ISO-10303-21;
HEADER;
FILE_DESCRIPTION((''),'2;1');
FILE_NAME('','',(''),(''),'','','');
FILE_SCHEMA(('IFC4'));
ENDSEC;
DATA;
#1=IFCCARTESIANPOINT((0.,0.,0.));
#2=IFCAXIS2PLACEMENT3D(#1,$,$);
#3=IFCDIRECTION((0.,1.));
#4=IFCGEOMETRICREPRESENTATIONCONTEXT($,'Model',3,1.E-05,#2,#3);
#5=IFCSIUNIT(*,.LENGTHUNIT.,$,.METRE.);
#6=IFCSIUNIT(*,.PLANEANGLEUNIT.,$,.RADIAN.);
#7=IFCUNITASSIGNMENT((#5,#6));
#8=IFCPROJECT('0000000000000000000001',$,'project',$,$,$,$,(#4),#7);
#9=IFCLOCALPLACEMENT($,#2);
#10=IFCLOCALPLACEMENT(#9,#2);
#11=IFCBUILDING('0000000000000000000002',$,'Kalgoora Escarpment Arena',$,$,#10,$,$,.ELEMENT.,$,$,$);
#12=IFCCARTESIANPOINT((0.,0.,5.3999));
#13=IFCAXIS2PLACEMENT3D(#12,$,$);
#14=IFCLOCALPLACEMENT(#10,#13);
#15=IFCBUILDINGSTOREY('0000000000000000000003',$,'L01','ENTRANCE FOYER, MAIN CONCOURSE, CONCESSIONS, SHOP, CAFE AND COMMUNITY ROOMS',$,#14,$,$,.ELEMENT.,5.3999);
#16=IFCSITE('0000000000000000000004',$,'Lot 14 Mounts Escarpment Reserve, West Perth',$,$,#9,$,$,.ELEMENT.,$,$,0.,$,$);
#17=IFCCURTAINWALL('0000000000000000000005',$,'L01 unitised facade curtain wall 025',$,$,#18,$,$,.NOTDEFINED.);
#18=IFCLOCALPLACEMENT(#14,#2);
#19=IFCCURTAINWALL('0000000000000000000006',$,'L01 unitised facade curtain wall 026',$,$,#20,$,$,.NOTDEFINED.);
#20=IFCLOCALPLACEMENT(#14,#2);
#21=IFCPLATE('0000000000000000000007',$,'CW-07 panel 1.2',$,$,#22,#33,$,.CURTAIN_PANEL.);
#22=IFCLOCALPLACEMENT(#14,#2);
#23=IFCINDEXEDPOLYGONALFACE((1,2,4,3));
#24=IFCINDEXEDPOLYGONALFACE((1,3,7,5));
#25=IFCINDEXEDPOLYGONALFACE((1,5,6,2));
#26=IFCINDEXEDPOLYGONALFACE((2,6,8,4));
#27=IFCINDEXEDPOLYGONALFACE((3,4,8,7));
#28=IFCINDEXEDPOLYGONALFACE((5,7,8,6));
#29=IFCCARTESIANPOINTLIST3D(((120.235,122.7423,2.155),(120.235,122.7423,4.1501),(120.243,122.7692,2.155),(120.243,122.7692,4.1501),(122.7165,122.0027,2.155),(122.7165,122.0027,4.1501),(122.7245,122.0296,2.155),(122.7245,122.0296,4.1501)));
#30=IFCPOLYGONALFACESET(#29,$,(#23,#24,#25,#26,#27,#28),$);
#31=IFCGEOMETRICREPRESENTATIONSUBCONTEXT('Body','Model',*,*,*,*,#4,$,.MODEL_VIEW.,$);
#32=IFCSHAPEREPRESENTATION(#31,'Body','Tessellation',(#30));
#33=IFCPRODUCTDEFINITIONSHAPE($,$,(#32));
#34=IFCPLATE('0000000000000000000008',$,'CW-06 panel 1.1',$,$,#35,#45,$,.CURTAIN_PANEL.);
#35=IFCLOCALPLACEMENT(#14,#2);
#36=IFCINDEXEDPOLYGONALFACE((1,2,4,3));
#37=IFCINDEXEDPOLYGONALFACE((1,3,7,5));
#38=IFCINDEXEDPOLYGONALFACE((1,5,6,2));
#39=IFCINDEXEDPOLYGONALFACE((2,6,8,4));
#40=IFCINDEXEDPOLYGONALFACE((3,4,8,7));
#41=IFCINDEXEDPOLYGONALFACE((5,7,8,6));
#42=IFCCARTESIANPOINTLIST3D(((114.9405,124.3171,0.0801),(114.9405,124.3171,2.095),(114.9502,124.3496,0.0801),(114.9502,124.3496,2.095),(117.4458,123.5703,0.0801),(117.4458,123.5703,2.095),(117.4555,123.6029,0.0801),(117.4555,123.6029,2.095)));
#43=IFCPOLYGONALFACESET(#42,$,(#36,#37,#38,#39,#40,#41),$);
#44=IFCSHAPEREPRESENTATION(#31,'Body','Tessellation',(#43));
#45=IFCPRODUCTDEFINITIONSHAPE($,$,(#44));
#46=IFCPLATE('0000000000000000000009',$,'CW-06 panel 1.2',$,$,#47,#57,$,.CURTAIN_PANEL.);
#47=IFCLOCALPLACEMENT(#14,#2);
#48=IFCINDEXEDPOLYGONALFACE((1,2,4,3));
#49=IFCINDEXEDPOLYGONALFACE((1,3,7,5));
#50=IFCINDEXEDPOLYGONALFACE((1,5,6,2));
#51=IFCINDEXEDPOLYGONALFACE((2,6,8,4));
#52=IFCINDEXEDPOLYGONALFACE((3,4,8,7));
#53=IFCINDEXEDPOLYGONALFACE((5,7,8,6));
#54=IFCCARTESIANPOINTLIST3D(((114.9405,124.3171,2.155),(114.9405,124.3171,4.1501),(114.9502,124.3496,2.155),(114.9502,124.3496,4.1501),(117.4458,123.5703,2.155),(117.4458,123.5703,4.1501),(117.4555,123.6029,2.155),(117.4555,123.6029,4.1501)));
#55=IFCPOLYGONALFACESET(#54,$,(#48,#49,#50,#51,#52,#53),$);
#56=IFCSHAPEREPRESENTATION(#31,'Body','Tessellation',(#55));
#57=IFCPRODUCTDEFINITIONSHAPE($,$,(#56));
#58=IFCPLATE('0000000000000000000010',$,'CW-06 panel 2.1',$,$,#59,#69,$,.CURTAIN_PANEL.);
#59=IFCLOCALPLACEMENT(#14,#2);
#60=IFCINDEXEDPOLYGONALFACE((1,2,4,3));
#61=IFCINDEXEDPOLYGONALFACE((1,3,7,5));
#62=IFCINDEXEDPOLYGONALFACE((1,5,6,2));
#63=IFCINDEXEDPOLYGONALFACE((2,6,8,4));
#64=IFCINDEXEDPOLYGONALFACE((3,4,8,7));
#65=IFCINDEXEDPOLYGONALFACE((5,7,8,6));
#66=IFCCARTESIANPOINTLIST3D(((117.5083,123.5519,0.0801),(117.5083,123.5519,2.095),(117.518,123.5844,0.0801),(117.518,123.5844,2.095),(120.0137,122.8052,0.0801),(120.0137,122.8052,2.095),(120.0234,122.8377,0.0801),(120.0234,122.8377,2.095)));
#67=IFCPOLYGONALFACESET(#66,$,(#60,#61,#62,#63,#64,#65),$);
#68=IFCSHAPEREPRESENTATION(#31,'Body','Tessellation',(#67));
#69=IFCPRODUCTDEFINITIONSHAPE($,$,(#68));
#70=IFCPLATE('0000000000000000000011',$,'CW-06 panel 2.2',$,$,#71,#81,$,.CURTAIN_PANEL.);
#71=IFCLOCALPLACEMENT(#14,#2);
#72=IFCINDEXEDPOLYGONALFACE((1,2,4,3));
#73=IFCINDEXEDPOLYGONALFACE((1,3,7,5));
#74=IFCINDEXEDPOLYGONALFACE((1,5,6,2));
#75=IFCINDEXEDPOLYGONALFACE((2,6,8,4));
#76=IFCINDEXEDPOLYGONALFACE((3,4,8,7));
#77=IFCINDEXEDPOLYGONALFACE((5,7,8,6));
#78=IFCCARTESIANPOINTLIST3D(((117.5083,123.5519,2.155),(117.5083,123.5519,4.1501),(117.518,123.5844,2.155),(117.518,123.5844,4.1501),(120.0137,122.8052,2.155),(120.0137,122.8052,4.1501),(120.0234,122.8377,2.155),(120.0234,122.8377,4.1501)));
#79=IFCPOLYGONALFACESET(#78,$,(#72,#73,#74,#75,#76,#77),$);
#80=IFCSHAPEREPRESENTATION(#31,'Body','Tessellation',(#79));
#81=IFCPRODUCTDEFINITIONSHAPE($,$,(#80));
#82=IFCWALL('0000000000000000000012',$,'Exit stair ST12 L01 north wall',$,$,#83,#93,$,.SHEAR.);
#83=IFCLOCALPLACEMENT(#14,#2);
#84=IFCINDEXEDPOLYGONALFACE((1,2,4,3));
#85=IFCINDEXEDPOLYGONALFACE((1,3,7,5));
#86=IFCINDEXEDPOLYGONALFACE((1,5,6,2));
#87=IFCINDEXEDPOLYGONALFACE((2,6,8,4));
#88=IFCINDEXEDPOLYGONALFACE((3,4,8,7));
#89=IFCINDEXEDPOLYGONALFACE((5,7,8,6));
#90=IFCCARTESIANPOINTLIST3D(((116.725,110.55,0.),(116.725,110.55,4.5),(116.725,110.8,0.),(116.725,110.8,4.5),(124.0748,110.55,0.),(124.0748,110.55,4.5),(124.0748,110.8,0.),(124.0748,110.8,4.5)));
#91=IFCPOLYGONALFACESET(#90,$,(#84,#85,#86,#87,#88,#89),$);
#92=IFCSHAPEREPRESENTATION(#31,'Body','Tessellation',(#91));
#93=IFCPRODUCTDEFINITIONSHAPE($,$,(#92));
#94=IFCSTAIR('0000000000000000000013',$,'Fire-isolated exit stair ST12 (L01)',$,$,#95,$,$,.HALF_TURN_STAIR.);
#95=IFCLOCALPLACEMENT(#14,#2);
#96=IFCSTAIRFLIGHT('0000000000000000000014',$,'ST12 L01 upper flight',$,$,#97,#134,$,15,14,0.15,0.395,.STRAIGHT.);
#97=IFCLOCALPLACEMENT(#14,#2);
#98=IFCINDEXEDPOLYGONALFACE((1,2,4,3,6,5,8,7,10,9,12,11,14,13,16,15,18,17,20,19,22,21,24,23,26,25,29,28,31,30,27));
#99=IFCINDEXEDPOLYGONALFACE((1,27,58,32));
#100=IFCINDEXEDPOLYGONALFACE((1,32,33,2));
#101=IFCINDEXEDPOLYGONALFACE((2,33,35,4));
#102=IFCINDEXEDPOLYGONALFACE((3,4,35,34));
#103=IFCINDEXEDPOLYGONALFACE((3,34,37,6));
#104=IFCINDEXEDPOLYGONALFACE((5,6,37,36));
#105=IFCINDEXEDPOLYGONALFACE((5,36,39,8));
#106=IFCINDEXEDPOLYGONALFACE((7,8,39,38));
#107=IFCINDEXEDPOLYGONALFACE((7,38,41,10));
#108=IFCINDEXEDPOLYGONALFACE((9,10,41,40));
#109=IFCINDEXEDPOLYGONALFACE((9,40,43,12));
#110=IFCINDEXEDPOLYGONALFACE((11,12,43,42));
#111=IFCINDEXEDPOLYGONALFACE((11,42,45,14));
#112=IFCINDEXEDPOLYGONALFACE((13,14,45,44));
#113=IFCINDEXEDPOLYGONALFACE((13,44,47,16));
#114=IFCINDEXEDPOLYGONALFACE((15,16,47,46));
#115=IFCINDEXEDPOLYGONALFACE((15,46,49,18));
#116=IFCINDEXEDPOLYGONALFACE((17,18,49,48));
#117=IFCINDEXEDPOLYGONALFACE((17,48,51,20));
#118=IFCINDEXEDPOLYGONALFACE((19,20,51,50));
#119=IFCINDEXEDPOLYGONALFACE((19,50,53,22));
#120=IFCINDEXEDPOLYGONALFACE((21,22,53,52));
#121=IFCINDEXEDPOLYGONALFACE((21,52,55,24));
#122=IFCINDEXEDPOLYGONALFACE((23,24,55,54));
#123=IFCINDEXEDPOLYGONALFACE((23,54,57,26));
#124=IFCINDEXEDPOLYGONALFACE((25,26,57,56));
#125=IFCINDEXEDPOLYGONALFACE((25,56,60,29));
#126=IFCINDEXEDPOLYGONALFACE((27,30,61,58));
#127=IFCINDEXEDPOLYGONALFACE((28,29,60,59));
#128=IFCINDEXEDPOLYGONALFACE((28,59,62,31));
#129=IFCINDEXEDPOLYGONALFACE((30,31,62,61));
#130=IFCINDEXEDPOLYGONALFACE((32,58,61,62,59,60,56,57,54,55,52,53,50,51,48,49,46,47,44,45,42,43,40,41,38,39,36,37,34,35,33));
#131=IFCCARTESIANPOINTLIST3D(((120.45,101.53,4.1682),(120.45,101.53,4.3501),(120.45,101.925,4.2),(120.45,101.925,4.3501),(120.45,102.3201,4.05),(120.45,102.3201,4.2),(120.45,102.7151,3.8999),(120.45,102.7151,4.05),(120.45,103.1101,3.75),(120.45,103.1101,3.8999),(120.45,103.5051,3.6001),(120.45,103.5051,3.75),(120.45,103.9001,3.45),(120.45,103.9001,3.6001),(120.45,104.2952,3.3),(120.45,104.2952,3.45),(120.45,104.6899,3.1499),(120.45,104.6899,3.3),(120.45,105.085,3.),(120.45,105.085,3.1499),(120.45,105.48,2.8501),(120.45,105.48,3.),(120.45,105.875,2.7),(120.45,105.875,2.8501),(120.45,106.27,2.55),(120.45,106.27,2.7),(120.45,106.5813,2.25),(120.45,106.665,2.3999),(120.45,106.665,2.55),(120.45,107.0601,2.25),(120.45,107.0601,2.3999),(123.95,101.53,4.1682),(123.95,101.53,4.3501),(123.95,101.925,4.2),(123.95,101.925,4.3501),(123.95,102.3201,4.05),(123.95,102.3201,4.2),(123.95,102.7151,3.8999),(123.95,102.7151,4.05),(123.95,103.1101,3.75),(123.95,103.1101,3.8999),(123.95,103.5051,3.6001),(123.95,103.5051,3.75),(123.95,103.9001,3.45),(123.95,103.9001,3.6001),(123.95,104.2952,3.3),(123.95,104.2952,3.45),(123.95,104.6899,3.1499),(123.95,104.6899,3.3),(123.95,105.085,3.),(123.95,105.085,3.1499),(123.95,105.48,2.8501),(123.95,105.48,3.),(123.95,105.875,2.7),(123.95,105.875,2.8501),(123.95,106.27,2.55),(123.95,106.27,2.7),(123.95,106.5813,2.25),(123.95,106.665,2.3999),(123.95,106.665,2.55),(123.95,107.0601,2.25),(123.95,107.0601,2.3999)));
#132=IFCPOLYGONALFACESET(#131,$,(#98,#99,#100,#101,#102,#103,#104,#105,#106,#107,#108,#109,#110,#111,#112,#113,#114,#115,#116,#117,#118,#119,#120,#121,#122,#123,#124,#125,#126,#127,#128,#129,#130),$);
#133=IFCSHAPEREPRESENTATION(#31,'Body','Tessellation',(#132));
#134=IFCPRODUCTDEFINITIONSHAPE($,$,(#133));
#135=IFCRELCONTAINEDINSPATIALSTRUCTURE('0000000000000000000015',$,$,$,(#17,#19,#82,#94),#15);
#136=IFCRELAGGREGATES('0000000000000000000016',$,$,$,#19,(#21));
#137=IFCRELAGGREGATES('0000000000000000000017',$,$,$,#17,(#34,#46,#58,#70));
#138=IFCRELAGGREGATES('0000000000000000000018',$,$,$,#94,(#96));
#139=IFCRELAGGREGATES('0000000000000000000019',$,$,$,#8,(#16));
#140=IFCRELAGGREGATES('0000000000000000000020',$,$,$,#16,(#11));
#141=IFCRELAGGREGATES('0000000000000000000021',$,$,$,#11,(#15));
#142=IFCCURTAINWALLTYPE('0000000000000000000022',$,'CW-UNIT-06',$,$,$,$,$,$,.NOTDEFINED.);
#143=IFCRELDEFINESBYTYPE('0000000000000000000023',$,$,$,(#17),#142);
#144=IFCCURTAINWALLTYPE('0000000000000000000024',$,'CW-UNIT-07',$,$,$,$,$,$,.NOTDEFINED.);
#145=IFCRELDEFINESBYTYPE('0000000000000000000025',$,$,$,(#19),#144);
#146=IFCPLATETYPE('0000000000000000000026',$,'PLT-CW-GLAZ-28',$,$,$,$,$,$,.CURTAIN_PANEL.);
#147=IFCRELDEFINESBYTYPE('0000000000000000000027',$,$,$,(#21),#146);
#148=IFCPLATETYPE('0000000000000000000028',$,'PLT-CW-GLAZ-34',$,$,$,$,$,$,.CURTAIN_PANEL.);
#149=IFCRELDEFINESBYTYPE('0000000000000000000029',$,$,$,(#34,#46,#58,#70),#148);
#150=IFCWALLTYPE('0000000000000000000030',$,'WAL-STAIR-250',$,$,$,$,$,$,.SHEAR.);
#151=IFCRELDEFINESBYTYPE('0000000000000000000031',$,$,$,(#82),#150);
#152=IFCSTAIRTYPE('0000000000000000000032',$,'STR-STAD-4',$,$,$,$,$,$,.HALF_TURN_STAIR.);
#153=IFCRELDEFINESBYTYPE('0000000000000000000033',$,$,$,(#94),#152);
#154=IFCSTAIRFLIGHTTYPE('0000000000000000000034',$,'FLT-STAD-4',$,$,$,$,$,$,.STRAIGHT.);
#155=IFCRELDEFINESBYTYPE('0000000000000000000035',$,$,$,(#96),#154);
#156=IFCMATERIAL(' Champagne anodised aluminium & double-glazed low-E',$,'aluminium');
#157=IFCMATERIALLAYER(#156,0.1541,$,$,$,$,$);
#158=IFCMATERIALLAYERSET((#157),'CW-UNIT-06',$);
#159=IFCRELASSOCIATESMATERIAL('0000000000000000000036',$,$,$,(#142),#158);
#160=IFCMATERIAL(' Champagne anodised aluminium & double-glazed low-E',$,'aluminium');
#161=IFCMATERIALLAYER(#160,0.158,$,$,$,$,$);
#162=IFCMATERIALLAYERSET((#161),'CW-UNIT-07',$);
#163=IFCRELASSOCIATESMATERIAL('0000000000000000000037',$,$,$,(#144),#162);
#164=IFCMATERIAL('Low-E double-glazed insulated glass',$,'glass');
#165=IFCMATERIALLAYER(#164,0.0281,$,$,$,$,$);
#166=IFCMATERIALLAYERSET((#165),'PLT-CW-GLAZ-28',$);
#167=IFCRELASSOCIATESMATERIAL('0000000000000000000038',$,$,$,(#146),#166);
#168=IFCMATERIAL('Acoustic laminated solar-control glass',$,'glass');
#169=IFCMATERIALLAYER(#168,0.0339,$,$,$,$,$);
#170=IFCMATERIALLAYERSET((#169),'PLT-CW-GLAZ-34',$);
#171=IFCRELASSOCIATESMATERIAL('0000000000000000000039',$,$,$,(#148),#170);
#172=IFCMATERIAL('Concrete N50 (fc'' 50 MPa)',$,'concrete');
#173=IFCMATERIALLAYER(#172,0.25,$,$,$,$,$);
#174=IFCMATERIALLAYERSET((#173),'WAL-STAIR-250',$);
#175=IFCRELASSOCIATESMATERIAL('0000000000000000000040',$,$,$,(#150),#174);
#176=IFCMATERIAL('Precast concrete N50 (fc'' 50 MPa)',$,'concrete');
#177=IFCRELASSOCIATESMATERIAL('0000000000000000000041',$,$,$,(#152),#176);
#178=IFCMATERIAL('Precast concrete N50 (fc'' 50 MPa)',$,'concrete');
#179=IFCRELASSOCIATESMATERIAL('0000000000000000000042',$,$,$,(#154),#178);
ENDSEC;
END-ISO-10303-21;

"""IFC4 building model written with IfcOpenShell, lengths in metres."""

from ifc_helpers import new_model, si_unit, direction, frame, frame_2d, origin, origin_2d, place, context, subcontext, project, spatial, polyline, rectangle, outline, extrude, material, layer, layer_set, type_object, element, aggregate, save


model = new_model("IFC4")

# Units and contexts
model_context = context("Model", 3, precision=1e-05, world=origin(), true_north=direction((0.0, 1.0)))
body_context = subcontext(model_context, "Body", "Model", "MODEL_VIEW")
ifc_project = project(units=[si_unit("LENGTHUNIT", "METRE"), si_unit("PLANEANGLEUNIT", "RADIAN")], contexts=[model_context])

# Site, building, storey
site_placement = place(None, origin())
site = spatial("IfcSite", under=ifc_project, at=site_placement, Name="Lot 14 Mounts Escarpment Reserve, West Perth", CompositionType="ELEMENT", RefElevation=0.0)
building_placement = place(site_placement, origin())
building = spatial("IfcBuilding", under=site, at=building_placement, Name="Kalgoora Escarpment Arena", CompositionType="ELEMENT")
storey_placement = place(building_placement, frame((0.0, 0.0, 5.3999)))
storey = spatial("IfcBuildingStorey", under=building, at=storey_placement, Name="L01", Description="ENTRANCE FOYER, MAIN CONCOURSE, CONCESSIONS, SHOP, CAFE AND COMMUNITY ROOMS", CompositionType="ELEMENT", Elevation=5.3999)

# Curtain walls
ifc_material_1 = material(Name=" Champagne anodised aluminium & double-glazed low-E", Category="aluminium")
ifc_layer_1 = layer(ifc_material_1, 0.1541)
ifc_layer_set_1 = layer_set([ifc_layer_1], Name="CW-UNIT-06")
curtain_wall_type_1 = type_object("IfcCurtainWallType", Name="CW-UNIT-06", PredefinedType="NOTDEFINED", material=ifc_layer_set_1)
curtain_wall_1_placement = place(storey_placement, origin())
curtain_wall_1 = element("IfcCurtainWall", 1, at=curtain_wall_1_placement, inside=storey, type_object=curtain_wall_type_1, Name="L01 unitised facade curtain wall 025", PredefinedType="NOTDEFINED")
ifc_material_2 = material(Name=" Champagne anodised aluminium & double-glazed low-E", Category="aluminium")
ifc_layer_2 = layer(ifc_material_2, 0.158)
ifc_layer_set_2 = layer_set([ifc_layer_2], Name="CW-UNIT-07")
curtain_wall_type_2 = type_object("IfcCurtainWallType", Name="CW-UNIT-07", PredefinedType="NOTDEFINED", material=ifc_layer_set_2)
curtain_wall_2_placement = place(storey_placement, origin())
curtain_wall_2 = element("IfcCurtainWall", 2, at=curtain_wall_2_placement, inside=storey, type_object=curtain_wall_type_2, Name="L01 unitised facade curtain wall 026", PredefinedType="NOTDEFINED")

# Plates
ifc_material_3 = material(Name="Low-E double-glazed insulated glass", Category="glass")
ifc_layer_3 = layer(ifc_material_3, 0.0281)
ifc_layer_set_3 = layer_set([ifc_layer_3], Name="PLT-CW-GLAZ-28")
plate_type_1 = type_object("IfcPlateType", Name="PLT-CW-GLAZ-28", PredefinedType="CURTAIN_PANEL", material=ifc_layer_set_3)
plate_1_placement = place(storey_placement, frame((121.4797, 122.386, 2.155), z_axis=(0.0, 0.0, 1.0), x_axis=(0.95834, -0.285628, 0.0)))
plate_1 = element("IfcPlate", 3, at=plate_1_placement, type_object=plate_type_1, Name="CW-07 panel 1.2", PredefinedType="CURTAIN_PANEL", context=body_context, shape_type="SweptSolid", body=[
    extrude(rectangle(XDim=2.5894, YDim=0.0281, at=origin_2d()), origin(), (0.0, 0.0, 1.0), 1.9951),
])
aggregate(curtain_wall_2, [plate_1])
ifc_material_4 = material(Name="Acoustic laminated solar-control glass", Category="glass")
ifc_layer_4 = layer(ifc_material_4, 0.0339)
ifc_layer_set_4 = layer_set([ifc_layer_4], Name="PLT-CW-GLAZ-34")
plate_type_2 = type_object("IfcPlateType", Name="PLT-CW-GLAZ-34", PredefinedType="CURTAIN_PANEL", material=ifc_layer_set_4)
plate_2_placement = place(storey_placement, frame((116.198, 123.96, 0.0801), z_axis=(0.0, 0.0, 1.0), x_axis=(0.958339, -0.285632, 0.0)))
plate_2 = element("IfcPlate", 4, at=plate_2_placement, type_object=plate_type_2, Name="CW-06 panel 1.1", PredefinedType="CURTAIN_PANEL", context=body_context, shape_type="SweptSolid", body=[
    extrude(rectangle(XDim=2.6143, YDim=0.0339, at=origin_2d()), origin(), (0.0, 0.0, 1.0), 2.0149),
])
plate_3_placement = place(storey_placement, frame((116.198, 123.96, 2.155), z_axis=(0.0, 0.0, 1.0), x_axis=(0.958339, -0.285632, 0.0)))
plate_3 = element("IfcPlate", 5, at=plate_3_placement, type_object=plate_type_2, Name="CW-06 panel 1.2", PredefinedType="CURTAIN_PANEL", context=body_context, shape_type="SweptSolid", body=[
    extrude(rectangle(XDim=2.6143, YDim=0.0339, at=origin_2d()), origin(), (0.0, 0.0, 1.0), 1.9951),
])
plate_4_placement = place(storey_placement, frame((118.7659, 123.1948, 0.0801), z_axis=(0.0, 0.0, 1.0), x_axis=(0.958339, -0.285632, 0.0)))
plate_4 = element("IfcPlate", 6, at=plate_4_placement, type_object=plate_type_2, Name="CW-06 panel 2.1", PredefinedType="CURTAIN_PANEL", context=body_context, shape_type="SweptSolid", body=[
    extrude(rectangle(XDim=2.6143, YDim=0.0339, at=origin_2d()), origin(), (0.0, 0.0, 1.0), 2.0149),
])
plate_5_placement = place(storey_placement, frame((118.7659, 123.1948, 2.155), z_axis=(0.0, 0.0, 1.0), x_axis=(0.958339, -0.285632, 0.0)))
plate_5 = element("IfcPlate", 7, at=plate_5_placement, type_object=plate_type_2, Name="CW-06 panel 2.2", PredefinedType="CURTAIN_PANEL", context=body_context, shape_type="SweptSolid", body=[
    extrude(rectangle(XDim=2.6143, YDim=0.0339, at=origin_2d()), origin(), (0.0, 0.0, 1.0), 1.9951),
])
aggregate(curtain_wall_1, [plate_2, plate_3, plate_4, plate_5])

# Wall
ifc_material_5 = material(Name="Concrete N50 (fc' 50 MPa)", Category="concrete")
ifc_layer_5 = layer(ifc_material_5, 0.25)
ifc_layer_set_5 = layer_set([ifc_layer_5], Name="WAL-STAIR-250")
wall_type = type_object("IfcWallType", Name="WAL-STAIR-250", PredefinedType="SHEAR", material=ifc_layer_set_5)
wall_placement = place(storey_placement, frame((116.7251, 110.675, 0.0), z_axis=(0.0, 0.0, 1.0), x_axis=(1.0, 0.0, 0.0)))
element("IfcWall", 8, at=wall_placement, inside=storey, type_object=wall_type, Name="Exit stair ST12 L01 north wall", PredefinedType="SHEAR", context=body_context, shape_type="SweptSolid", body=[
    extrude(rectangle(XDim=7.3499, YDim=0.25, at=frame_2d((3.6748, 0.0))), origin(), (0.0, 0.0, 1.0), 4.5),
])

# Stair, stair flight
ifc_material_6 = material(Name="Precast concrete N50 (fc' 50 MPa)", Category="concrete")
stair_type = type_object("IfcStairType", Name="STR-STAD-4", PredefinedType="HALF_TURN_STAIR", material=ifc_material_6)
stair_placement = place(storey_placement, origin())
stair = element("IfcStair", 9, at=stair_placement, inside=storey, type_object=stair_type, Name="Fire-isolated exit stair ST12 (L01)", PredefinedType="HALF_TURN_STAIR")
ifc_material_7 = material(Name="Precast concrete N50 (fc' 50 MPa)", Category="concrete")
stair_flight_type = type_object("IfcStairFlightType", Name="FLT-STAD-4", PredefinedType="STRAIGHT", material=ifc_material_7)
stair_flight_placement = place(storey_placement, frame((122.2, 107.0601, 2.25), z_axis=(0.0, 0.0, 1.0), x_axis=(0.0, -1.0, 0.0)))
stair_flight = element("IfcStairFlight", 10, at=stair_flight_placement, type_object=stair_flight_type, Name="ST12 L01 upper flight", NumberOfRisers=15, NumberOfTreads=14, PredefinedType="STRAIGHT", RiserHeight=0.15, TreadLength=0.395, context=body_context, shape_type="SweptSolid", body=[
    extrude(outline(polyline([(0.0, 0.0), (0.0, 0.1499), (0.395, 0.1499), (0.395, 0.3), (0.79, 0.3), (0.79, 0.45), (1.1851, 0.45), (1.1851, 0.6001), (1.5801, 0.6001), (1.5801, 0.75), (1.9751, 0.75), (1.9751, 0.8999), (2.3701, 0.8999), (2.3701, 1.05), (2.7649, 1.05), (2.7649, 1.2), (3.1599, 1.2), (3.1599, 1.3501), (3.5549, 1.3501), (3.5549, 1.5), (3.95, 1.5), (3.95, 1.6499), (4.345, 1.6499), (4.345, 1.8), (4.74, 1.8), (4.74, 1.95), (5.135, 1.95), (5.135, 2.1001), (5.53, 2.1001), (5.53, 2.25), (5.53, 1.9182), (0.4788, 0.0), (0.0, 0.0)])), frame((0.0, 1.75, 0.0), z_axis=(0.0, -1.0, 0.0), x_axis=(1.0, 0.0, 0.0)), (0.0, 0.0, 1.0), 3.5),
])
aggregate(stair, [stair_flight])

save(model, "model.ifc")
